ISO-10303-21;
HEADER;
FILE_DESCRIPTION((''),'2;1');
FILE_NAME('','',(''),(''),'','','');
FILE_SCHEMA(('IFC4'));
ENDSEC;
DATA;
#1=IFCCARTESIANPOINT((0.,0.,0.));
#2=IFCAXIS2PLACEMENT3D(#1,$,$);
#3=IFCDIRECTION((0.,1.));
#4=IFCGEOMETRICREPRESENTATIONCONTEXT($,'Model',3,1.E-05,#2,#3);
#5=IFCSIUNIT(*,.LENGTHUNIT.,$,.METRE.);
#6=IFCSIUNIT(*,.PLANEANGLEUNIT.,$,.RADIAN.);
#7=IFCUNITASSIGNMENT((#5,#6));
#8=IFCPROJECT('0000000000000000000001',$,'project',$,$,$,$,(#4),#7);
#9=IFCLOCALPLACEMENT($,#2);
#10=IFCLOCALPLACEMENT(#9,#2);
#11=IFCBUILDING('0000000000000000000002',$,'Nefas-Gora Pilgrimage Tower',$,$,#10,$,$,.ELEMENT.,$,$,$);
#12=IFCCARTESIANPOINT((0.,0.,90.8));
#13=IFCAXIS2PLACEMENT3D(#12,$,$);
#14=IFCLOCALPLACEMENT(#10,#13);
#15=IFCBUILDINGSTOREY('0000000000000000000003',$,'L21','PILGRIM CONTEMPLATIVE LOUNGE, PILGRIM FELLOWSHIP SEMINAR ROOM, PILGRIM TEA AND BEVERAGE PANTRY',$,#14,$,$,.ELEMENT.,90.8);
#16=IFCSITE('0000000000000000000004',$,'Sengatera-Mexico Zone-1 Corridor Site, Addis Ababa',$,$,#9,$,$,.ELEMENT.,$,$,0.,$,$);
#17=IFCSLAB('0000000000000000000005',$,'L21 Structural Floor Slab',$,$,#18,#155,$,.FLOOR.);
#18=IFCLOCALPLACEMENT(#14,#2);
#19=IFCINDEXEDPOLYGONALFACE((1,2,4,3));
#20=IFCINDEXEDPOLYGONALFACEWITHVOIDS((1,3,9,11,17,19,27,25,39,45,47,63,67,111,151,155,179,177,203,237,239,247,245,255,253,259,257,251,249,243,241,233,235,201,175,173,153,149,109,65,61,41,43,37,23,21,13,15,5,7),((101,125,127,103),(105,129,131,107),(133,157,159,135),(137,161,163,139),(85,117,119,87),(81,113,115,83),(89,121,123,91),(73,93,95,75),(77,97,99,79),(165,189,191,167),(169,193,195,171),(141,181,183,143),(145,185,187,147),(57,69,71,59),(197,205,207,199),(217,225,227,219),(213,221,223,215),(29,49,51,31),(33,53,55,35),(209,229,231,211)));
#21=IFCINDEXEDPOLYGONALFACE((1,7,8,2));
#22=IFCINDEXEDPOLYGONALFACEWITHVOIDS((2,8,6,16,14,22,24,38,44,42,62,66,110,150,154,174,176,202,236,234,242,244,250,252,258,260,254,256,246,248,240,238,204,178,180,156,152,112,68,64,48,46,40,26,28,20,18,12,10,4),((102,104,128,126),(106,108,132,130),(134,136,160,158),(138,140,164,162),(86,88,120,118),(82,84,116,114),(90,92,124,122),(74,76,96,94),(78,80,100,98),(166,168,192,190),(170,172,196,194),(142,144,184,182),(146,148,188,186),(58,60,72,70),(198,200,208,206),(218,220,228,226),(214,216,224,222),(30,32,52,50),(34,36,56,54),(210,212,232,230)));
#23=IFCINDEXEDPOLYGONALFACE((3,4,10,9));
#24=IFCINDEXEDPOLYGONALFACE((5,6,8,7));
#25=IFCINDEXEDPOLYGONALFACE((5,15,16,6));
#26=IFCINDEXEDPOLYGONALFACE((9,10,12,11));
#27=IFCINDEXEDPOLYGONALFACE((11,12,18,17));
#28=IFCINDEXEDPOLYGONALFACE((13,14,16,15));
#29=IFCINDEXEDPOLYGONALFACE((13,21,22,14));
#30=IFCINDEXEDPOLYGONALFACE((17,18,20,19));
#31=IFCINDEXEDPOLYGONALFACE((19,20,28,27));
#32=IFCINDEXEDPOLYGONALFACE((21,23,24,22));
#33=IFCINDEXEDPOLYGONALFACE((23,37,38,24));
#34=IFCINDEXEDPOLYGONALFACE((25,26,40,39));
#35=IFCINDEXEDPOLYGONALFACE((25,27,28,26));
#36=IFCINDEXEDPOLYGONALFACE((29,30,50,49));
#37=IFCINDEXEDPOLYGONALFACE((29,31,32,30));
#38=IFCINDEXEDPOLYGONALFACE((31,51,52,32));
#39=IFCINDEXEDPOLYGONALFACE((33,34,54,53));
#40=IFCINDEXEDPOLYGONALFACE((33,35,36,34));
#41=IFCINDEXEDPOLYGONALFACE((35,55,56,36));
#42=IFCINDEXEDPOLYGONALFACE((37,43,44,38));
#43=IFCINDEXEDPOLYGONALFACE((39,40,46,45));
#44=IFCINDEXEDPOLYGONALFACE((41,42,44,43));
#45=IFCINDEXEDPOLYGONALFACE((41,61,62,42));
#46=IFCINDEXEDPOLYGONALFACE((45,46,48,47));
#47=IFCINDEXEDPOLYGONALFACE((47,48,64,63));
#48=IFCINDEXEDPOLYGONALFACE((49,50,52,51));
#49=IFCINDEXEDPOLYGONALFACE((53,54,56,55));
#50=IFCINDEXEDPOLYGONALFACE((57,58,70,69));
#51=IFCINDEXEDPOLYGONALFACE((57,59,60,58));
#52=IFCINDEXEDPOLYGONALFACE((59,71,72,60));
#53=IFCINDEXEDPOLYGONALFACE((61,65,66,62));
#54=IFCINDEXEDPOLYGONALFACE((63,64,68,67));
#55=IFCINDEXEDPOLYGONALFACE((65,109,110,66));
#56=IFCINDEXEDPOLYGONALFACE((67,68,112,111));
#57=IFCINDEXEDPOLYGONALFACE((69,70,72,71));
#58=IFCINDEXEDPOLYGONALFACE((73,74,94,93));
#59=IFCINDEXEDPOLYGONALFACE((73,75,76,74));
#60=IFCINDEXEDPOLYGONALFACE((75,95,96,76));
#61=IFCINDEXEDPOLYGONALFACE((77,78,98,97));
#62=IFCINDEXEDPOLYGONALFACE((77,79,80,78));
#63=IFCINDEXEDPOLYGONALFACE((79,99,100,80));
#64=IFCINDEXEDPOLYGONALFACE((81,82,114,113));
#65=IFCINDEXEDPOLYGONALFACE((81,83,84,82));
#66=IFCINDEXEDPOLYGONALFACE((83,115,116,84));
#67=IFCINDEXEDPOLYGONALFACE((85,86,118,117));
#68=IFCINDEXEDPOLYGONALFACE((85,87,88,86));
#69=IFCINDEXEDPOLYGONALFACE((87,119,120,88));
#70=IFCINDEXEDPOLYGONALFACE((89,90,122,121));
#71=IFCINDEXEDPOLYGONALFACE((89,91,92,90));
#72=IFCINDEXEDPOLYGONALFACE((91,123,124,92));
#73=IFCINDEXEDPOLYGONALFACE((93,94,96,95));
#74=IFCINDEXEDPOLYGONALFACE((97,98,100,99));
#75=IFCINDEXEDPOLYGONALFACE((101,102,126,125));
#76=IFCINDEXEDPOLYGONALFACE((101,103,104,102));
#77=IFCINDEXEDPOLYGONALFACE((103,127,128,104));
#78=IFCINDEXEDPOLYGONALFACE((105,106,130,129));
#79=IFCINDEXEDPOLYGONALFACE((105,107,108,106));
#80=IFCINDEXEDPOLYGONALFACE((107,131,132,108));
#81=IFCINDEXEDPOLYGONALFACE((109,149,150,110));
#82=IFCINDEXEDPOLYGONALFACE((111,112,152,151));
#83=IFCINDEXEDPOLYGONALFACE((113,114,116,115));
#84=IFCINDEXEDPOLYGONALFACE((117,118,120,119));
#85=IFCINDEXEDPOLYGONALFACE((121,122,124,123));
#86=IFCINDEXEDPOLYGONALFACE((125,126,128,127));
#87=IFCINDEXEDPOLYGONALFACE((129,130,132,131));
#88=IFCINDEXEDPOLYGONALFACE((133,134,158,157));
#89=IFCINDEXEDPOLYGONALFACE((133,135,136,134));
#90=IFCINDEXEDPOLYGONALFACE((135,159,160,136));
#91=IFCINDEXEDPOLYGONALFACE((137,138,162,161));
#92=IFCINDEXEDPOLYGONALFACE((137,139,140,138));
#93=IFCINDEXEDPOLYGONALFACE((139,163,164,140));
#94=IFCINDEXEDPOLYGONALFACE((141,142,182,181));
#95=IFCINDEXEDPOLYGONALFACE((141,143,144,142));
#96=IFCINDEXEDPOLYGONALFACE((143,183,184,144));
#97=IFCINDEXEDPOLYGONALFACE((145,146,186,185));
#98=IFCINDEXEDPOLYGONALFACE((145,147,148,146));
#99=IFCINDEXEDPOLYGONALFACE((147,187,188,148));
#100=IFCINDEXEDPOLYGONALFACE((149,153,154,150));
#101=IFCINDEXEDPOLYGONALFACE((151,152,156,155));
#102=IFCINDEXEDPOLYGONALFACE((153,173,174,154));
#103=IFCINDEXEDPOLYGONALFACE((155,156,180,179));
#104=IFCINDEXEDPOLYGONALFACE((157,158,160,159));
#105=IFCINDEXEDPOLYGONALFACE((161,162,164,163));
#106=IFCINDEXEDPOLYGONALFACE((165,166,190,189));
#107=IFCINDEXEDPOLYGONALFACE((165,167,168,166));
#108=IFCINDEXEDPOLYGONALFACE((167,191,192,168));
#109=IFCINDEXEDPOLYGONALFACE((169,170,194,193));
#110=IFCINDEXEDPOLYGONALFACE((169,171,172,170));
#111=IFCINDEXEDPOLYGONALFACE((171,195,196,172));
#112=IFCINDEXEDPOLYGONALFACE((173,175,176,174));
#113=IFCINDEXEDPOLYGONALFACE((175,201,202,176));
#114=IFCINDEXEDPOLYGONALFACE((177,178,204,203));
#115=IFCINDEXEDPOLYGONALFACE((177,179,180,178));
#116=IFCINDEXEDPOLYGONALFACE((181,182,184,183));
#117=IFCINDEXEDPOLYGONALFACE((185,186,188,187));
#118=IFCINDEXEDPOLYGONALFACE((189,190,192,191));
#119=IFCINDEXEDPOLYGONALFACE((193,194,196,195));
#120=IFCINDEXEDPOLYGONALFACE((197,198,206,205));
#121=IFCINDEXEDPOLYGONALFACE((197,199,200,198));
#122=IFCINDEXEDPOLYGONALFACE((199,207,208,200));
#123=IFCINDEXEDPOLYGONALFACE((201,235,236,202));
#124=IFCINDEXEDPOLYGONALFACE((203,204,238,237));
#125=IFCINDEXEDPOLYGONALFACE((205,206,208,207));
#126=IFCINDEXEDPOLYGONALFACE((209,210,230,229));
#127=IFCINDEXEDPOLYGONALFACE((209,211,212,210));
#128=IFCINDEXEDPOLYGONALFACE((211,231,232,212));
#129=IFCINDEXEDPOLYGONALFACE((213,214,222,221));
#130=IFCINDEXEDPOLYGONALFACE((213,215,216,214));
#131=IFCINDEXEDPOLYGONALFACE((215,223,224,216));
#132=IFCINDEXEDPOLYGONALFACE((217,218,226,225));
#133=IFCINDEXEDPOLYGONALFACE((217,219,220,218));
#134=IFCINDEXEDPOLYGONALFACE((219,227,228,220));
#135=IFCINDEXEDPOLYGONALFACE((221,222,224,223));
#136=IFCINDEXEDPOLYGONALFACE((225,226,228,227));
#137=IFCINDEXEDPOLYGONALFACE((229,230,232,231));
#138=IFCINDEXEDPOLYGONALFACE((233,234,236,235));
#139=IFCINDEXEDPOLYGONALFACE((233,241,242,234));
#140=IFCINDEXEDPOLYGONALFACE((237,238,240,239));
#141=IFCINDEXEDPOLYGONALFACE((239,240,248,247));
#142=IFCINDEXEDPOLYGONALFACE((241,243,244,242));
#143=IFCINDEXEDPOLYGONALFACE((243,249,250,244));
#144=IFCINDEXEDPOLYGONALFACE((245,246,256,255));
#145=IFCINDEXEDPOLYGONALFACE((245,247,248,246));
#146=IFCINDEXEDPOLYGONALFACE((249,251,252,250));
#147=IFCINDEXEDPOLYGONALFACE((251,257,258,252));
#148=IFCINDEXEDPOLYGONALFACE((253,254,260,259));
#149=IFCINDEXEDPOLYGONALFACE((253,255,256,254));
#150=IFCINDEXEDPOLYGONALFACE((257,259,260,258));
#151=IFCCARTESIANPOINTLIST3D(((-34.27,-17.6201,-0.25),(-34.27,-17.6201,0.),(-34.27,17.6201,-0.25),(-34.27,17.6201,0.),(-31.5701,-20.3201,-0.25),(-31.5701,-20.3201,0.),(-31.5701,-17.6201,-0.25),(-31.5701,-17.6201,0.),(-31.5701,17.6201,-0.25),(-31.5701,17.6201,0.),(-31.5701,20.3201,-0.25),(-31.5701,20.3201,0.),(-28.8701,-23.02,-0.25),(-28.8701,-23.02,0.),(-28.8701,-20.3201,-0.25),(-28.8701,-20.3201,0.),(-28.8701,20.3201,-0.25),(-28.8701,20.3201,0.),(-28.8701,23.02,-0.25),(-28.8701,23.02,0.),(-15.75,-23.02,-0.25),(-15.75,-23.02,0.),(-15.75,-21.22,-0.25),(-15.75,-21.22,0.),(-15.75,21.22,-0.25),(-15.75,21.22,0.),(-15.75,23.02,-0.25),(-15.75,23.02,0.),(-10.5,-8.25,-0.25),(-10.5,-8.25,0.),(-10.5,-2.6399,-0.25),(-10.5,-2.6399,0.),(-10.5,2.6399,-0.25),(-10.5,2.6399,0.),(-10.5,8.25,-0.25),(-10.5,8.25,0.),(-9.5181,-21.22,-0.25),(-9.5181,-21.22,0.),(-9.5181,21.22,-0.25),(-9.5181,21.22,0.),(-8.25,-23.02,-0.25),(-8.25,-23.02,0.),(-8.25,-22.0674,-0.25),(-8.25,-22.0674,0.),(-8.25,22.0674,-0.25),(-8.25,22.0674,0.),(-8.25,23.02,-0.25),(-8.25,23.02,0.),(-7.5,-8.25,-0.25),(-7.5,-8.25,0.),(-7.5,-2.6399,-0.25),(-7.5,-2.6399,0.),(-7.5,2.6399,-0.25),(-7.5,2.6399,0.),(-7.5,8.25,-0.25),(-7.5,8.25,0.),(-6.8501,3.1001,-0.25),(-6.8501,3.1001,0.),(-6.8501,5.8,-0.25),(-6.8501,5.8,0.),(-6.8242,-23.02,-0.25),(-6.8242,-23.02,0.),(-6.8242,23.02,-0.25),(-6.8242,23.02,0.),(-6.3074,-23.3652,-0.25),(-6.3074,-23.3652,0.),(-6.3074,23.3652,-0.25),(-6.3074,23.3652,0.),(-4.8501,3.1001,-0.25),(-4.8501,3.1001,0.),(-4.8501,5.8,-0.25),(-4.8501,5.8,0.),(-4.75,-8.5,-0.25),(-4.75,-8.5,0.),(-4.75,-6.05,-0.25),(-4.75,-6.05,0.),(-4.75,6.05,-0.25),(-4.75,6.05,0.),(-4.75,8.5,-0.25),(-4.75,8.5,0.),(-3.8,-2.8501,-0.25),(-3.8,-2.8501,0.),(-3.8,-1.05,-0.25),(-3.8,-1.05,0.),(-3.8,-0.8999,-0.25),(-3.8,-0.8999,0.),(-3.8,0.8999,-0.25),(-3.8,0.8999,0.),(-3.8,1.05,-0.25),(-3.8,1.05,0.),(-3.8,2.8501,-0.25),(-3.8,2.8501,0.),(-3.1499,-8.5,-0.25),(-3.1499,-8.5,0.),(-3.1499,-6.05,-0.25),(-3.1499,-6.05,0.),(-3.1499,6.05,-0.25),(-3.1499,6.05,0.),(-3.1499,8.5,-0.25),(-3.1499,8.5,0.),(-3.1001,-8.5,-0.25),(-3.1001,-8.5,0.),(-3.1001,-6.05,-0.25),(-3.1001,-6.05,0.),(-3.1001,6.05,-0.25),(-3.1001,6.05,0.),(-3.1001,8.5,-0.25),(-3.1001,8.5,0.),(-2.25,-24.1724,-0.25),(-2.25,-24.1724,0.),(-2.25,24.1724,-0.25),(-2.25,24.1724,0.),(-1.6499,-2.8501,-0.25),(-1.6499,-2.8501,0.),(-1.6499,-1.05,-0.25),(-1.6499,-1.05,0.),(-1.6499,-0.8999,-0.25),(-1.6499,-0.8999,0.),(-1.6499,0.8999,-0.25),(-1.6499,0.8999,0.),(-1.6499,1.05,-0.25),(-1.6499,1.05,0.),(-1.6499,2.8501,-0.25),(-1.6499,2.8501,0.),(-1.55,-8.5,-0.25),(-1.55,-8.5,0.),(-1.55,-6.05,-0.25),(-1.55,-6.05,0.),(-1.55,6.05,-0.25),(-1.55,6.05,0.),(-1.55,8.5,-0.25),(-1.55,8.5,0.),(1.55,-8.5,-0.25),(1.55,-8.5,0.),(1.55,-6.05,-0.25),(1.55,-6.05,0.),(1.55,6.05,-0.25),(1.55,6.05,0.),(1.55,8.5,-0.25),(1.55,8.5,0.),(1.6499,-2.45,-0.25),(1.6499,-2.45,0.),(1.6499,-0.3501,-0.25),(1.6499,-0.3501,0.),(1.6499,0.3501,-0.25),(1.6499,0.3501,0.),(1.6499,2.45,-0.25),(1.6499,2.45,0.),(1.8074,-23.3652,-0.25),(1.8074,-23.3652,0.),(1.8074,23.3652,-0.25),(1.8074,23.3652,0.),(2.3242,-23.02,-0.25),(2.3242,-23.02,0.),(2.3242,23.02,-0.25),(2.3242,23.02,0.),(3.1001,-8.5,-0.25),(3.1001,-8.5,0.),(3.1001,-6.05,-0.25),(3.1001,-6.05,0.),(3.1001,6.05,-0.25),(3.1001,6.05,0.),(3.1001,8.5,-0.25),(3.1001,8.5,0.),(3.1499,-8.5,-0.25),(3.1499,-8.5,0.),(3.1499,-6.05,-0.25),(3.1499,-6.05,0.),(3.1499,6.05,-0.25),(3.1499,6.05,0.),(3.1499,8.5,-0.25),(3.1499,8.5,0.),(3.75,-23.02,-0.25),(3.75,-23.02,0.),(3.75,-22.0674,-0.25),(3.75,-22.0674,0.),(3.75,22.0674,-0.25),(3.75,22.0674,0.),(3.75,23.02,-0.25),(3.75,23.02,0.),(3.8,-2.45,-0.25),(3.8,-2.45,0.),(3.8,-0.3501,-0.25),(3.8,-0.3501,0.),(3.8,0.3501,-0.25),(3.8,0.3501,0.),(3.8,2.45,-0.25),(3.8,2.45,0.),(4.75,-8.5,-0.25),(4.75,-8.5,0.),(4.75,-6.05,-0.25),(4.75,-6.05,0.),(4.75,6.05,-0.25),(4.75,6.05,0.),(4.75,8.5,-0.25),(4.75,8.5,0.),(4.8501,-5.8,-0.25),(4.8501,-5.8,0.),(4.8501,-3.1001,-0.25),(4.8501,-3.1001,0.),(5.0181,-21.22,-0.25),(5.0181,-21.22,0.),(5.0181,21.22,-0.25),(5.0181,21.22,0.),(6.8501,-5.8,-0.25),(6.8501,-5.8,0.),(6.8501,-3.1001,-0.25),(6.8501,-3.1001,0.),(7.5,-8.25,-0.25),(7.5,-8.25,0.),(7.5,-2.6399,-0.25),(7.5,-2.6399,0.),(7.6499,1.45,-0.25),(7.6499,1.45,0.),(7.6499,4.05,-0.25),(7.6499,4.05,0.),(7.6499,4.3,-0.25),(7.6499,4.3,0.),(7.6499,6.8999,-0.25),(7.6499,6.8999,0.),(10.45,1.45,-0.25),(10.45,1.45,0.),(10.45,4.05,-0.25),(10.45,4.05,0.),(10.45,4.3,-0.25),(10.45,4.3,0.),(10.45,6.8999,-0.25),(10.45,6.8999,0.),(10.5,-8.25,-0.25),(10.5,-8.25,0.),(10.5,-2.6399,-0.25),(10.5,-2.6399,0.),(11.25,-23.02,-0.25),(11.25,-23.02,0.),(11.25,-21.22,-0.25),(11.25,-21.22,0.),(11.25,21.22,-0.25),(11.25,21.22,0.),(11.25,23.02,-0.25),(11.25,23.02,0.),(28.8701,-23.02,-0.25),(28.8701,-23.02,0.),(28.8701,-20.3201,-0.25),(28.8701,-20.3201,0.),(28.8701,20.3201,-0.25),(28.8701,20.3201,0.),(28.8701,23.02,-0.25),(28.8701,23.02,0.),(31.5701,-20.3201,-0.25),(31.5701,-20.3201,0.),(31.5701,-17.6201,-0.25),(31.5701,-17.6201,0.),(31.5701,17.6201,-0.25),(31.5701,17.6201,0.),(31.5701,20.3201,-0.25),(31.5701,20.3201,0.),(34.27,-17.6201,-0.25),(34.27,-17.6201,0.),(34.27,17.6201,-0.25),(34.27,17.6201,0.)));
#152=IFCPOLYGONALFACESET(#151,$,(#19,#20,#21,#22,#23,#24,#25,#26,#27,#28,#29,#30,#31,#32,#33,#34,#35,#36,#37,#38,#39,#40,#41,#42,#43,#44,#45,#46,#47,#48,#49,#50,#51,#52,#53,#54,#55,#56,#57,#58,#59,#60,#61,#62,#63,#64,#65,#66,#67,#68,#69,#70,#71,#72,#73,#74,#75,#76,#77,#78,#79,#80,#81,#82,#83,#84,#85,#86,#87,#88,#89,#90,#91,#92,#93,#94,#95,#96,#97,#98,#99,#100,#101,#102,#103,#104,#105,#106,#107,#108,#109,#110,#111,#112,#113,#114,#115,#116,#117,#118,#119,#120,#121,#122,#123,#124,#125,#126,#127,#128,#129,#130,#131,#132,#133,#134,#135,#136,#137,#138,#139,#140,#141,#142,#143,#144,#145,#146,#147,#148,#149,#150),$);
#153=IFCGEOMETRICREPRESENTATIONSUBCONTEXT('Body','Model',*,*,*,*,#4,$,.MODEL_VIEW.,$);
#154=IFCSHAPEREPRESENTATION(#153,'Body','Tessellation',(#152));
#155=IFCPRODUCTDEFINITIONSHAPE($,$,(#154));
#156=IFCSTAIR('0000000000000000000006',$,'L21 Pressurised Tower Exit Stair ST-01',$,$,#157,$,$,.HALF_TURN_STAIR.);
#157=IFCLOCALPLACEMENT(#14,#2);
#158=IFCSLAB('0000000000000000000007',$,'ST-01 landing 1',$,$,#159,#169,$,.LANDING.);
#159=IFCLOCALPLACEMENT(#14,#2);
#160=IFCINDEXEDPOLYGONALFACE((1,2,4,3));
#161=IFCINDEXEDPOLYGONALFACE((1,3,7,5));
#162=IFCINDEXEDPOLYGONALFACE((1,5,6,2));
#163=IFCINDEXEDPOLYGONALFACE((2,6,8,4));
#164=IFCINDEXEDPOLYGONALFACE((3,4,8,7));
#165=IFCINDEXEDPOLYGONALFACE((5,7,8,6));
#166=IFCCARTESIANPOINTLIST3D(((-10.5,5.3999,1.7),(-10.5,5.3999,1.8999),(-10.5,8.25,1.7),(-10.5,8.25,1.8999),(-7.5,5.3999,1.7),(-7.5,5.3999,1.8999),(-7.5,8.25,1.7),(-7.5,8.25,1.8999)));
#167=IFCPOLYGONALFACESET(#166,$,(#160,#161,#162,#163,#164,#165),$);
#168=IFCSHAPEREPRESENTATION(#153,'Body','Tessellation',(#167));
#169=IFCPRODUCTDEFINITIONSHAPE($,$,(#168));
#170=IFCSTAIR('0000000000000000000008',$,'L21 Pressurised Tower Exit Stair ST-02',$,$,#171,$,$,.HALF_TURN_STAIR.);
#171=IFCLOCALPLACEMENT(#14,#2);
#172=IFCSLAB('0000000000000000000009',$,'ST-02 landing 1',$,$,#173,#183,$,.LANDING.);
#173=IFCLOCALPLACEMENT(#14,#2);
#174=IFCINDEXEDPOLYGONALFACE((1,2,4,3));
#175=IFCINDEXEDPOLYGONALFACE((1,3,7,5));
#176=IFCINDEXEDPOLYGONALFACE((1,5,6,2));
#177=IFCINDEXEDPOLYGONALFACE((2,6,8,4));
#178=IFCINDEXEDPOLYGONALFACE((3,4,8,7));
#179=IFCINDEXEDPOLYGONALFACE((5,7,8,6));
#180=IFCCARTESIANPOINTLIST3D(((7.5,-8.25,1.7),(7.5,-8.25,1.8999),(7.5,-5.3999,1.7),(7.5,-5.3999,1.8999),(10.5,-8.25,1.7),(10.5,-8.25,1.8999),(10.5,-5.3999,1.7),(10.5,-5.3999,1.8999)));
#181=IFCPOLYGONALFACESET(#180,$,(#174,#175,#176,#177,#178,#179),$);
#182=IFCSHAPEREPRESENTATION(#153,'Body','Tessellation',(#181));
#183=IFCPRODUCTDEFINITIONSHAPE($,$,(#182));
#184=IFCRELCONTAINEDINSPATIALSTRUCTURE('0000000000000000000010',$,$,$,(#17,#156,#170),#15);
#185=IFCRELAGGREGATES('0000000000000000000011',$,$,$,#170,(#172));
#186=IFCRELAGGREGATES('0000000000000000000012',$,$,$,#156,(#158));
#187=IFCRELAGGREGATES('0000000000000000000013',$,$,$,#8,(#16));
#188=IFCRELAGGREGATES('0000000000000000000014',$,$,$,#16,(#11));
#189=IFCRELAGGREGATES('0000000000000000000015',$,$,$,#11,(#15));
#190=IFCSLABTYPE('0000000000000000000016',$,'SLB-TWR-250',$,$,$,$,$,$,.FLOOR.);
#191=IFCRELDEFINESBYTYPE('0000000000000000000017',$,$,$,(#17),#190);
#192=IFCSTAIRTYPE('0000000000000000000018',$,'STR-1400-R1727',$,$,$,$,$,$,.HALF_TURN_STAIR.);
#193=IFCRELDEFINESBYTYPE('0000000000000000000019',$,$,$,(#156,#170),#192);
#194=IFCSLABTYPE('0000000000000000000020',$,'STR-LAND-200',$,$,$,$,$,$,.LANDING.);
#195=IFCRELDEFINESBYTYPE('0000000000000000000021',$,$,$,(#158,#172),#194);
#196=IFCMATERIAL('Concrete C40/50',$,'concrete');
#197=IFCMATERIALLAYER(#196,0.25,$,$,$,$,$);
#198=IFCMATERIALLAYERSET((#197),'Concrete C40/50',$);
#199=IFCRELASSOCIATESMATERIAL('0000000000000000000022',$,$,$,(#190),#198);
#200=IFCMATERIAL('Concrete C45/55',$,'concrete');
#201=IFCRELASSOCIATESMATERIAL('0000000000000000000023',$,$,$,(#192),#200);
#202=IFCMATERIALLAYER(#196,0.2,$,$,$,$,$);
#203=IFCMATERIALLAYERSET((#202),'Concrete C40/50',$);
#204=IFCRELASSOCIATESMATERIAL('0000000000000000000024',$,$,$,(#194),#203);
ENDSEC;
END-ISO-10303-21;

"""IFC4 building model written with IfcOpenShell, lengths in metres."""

from ifc_helpers import new_model, si_unit, direction, frame, origin, place, context, subcontext, project, spatial, polyline, outline, extrude, material, layer, layer_set, type_object, element, aggregate, save


model = new_model("IFC4")

# Units and contexts
model_context = context("Model", 3, precision=1e-05, world=origin(), true_north=direction((0.0, 1.0)))
body_context = subcontext(model_context, "Body", "Model", "MODEL_VIEW")
ifc_project = project(units=[si_unit("LENGTHUNIT", "METRE"), si_unit("PLANEANGLEUNIT", "RADIAN")], contexts=[model_context])

# Site, building, storey
site_placement = place(None, origin())
site = spatial("IfcSite", under=ifc_project, at=site_placement, Name="Sengatera-Mexico Zone-1 Corridor Site, Addis Ababa", CompositionType="ELEMENT", RefElevation=0.0)
building_placement = place(site_placement, origin())
building = spatial("IfcBuilding", under=site, at=building_placement, Name="Nefas-Gora Pilgrimage Tower", CompositionType="ELEMENT")
storey_placement = place(building_placement, frame((0.0, 0.0, 90.8)))
storey = spatial("IfcBuildingStorey", under=building, at=storey_placement, Name="L21", Description="PILGRIM CONTEMPLATIVE LOUNGE, PILGRIM FELLOWSHIP SEMINAR ROOM, PILGRIM TEA AND BEVERAGE PANTRY", CompositionType="ELEMENT", Elevation=90.8)

# Slab
ifc_material_1 = material(Name="Concrete C40/50", Category="concrete")
ifc_layer_1 = layer(ifc_material_1, 0.25)
ifc_layer_set_1 = layer_set([ifc_layer_1], Name="Concrete C40/50")
slab_type_1 = type_object("IfcSlabType", Name="SLB-TWR-250", PredefinedType="FLOOR", material=ifc_layer_set_1)
slab_1_placement = place(storey_placement, frame((0.0, 0.0, -0.25)))
element("IfcSlab", 1, at=slab_1_placement, inside=storey, type_object=slab_type_1, Name="L21 Structural Floor Slab", PredefinedType="FLOOR", context=body_context, shape_type="SweptSolid", body=[
    extrude(outline(polyline([(5.0181, -21.22), (11.25, -21.22), (11.25, -23.02), (28.8701, -23.02), (28.8701, -20.3201), (31.5701, -20.3201), (31.5701, -17.6201), (34.27, -17.6201), (34.27, 17.6201), (31.5701, 17.6201), (31.5701, 20.3201), (28.8701, 20.3201), (28.8701, 23.02), (11.25, 23.02), (11.25, 21.22), (5.0181, 21.22), (3.75, 22.0674), (3.75, 23.02), (2.3242, 23.02), (1.8074, 23.3652), (-2.25, 24.1724), (-6.3074, 23.3652), (-6.8242, 23.02), (-8.25, 23.02), (-8.25, 22.0674), (-9.5181, 21.22), (-15.75, 21.22), (-15.75, 23.02), (-28.8701, 23.02), (-28.8701, 20.3201), (-31.5701, 20.3201), (-31.5701, 17.6201), (-34.27, 17.6201), (-34.27, -17.6201), (-31.5701, -17.6201), (-31.5701, -20.3201), (-28.8701, -20.3201), (-28.8701, -23.02), (-15.75, -23.02), (-15.75, -21.22), (-9.5181, -21.22), (-8.25, -22.0674), (-8.25, -23.02), (-6.8242, -23.02), (-6.3074, -23.3652), (-2.25, -24.1724), (1.8074, -23.3652), (2.3242, -23.02), (3.75, -23.02), (3.75, -22.0674), (5.0181, -21.22)]), holes=[polyline([(-10.5, 2.6399), (-10.5, 8.25), (-7.5, 8.25), (-7.5, 2.6399), (-10.5, 2.6399)]), polyline([(10.5, -2.6399), (10.5, -8.25), (7.5, -8.25), (7.5, -2.6399), (10.5, -2.6399)]), polyline([(-7.5, -2.6399), (-7.5, -8.25), (-10.5, -8.25), (-10.5, -2.6399), (-7.5, -2.6399)]), polyline([(-6.8501, 5.8), (-4.8501, 5.8), (-4.8501, 3.1001), (-6.8501, 3.1001), (-6.8501, 5.8)]), polyline([(4.8501, -3.1001), (6.8501, -3.1001), (6.8501, -5.8), (4.8501, -5.8), (4.8501, -3.1001)]), polyline([(7.6499, 4.05), (10.45, 4.05), (10.45, 1.45), (7.6499, 1.45), (7.6499, 4.05)]), polyline([(7.6499, 6.8999), (10.45, 6.8999), (10.45, 4.3), (7.6499, 4.3), (7.6499, 6.8999)]), polyline([(-4.75, 8.5), (-3.1499, 8.5), (-3.1499, 6.05), (-4.75, 6.05), (-4.75, 8.5)]), polyline([(-3.1001, 8.5), (-1.55, 8.5), (-1.55, 6.05), (-3.1001, 6.05), (-3.1001, 8.5)]), polyline([(1.55, 8.5), (3.1001, 8.5), (3.1001, 6.05), (1.55, 6.05), (1.55, 8.5)]), polyline([(3.1499, 8.5), (4.75, 8.5), (4.75, 6.05), (3.1499, 6.05), (3.1499, 8.5)]), polyline([(-4.75, -6.05), (-3.1499, -6.05), (-3.1499, -8.5), (-4.75, -8.5), (-4.75, -6.05)]), polyline([(-3.1001, -6.05), (-1.55, -6.05), (-1.55, -8.5), (-3.1001, -8.5), (-3.1001, -6.05)]), polyline([(1.55, -6.05), (3.1001, -6.05), (3.1001, -8.5), (1.55, -8.5), (1.55, -6.05)]), polyline([(3.1499, -6.05), (4.75, -6.05), (4.75, -8.5), (3.1499, -8.5), (3.1499, -6.05)]), polyline([(-3.8, -1.05), (-1.6499, -1.05), (-1.6499, -2.8501), (-3.8, -2.8501), (-3.8, -1.05)]), polyline([(-3.8, 0.8999), (-1.6499, 0.8999), (-1.6499, -0.8999), (-3.8, -0.8999), (-3.8, 0.8999)]), polyline([(-3.8, 2.8501), (-1.6499, 2.8501), (-1.6499, 1.05), (-3.8, 1.05), (-3.8, 2.8501)]), polyline([(1.6499, -0.3501), (3.8, -0.3501), (3.8, -2.45), (1.6499, -2.45), (1.6499, -0.3501)]), polyline([(1.6499, 2.45), (3.8, 2.45), (3.8, 0.3501), (1.6499, 0.3501), (1.6499, 2.45)])]), origin(), (0.0, 0.0, 1.0), 0.25),
])

# Stairs, slabs
ifc_material_2 = material(Name="Concrete C45/55", Category="concrete")
stair_type = type_object("IfcStairType", Name="STR-1400-R1727", PredefinedType="HALF_TURN_STAIR", material=ifc_material_2)
stair_1_placement = place(storey_placement, origin())
stair_1 = element("IfcStair", 2, at=stair_1_placement, inside=storey, type_object=stair_type, Name="L21 Pressurised Tower Exit Stair ST-01", PredefinedType="HALF_TURN_STAIR")
ifc_layer_2 = layer(ifc_material_1, 0.2)
ifc_layer_set_2 = layer_set([ifc_layer_2], Name="Concrete C40/50")
slab_type_2 = type_object("IfcSlabType", Name="STR-LAND-200", PredefinedType="LANDING", material=ifc_layer_set_2)
slab_2_placement = place(storey_placement, frame((0.0, 0.0, 1.7)))
slab_2 = element("IfcSlab", 3, at=slab_2_placement, type_object=slab_type_2, Name="ST-01 landing 1", PredefinedType="LANDING", context=body_context, shape_type="SweptSolid", body=[
    extrude(outline(polyline([(-7.5, 5.3999), (-7.5, 8.25), (-10.5, 8.25), (-10.5, 5.3999), (-7.5, 5.3999)])), origin(), (0.0, 0.0, 1.0), 0.2),
])
stair_2_placement = place(storey_placement, origin())
stair_2 = element("IfcStair", 4, at=stair_2_placement, inside=storey, type_object=stair_type, Name="L21 Pressurised Tower Exit Stair ST-02", PredefinedType="HALF_TURN_STAIR")
slab_3_placement = place(storey_placement, frame((0.0, 0.0, 1.7)))
slab_3 = element("IfcSlab", 5, at=slab_3_placement, type_object=slab_type_2, Name="ST-02 landing 1", PredefinedType="LANDING", context=body_context, shape_type="SweptSolid", body=[
    extrude(outline(polyline([(7.5, -5.3999), (7.5, -8.25), (10.5, -8.25), (10.5, -5.3999), (7.5, -5.3999)])), origin(), (0.0, 0.0, 1.0), 0.2),
])
aggregate(stair_2, [slab_3])

aggregate(stair_1, [slab_2])

save(model, "model.ifc")
